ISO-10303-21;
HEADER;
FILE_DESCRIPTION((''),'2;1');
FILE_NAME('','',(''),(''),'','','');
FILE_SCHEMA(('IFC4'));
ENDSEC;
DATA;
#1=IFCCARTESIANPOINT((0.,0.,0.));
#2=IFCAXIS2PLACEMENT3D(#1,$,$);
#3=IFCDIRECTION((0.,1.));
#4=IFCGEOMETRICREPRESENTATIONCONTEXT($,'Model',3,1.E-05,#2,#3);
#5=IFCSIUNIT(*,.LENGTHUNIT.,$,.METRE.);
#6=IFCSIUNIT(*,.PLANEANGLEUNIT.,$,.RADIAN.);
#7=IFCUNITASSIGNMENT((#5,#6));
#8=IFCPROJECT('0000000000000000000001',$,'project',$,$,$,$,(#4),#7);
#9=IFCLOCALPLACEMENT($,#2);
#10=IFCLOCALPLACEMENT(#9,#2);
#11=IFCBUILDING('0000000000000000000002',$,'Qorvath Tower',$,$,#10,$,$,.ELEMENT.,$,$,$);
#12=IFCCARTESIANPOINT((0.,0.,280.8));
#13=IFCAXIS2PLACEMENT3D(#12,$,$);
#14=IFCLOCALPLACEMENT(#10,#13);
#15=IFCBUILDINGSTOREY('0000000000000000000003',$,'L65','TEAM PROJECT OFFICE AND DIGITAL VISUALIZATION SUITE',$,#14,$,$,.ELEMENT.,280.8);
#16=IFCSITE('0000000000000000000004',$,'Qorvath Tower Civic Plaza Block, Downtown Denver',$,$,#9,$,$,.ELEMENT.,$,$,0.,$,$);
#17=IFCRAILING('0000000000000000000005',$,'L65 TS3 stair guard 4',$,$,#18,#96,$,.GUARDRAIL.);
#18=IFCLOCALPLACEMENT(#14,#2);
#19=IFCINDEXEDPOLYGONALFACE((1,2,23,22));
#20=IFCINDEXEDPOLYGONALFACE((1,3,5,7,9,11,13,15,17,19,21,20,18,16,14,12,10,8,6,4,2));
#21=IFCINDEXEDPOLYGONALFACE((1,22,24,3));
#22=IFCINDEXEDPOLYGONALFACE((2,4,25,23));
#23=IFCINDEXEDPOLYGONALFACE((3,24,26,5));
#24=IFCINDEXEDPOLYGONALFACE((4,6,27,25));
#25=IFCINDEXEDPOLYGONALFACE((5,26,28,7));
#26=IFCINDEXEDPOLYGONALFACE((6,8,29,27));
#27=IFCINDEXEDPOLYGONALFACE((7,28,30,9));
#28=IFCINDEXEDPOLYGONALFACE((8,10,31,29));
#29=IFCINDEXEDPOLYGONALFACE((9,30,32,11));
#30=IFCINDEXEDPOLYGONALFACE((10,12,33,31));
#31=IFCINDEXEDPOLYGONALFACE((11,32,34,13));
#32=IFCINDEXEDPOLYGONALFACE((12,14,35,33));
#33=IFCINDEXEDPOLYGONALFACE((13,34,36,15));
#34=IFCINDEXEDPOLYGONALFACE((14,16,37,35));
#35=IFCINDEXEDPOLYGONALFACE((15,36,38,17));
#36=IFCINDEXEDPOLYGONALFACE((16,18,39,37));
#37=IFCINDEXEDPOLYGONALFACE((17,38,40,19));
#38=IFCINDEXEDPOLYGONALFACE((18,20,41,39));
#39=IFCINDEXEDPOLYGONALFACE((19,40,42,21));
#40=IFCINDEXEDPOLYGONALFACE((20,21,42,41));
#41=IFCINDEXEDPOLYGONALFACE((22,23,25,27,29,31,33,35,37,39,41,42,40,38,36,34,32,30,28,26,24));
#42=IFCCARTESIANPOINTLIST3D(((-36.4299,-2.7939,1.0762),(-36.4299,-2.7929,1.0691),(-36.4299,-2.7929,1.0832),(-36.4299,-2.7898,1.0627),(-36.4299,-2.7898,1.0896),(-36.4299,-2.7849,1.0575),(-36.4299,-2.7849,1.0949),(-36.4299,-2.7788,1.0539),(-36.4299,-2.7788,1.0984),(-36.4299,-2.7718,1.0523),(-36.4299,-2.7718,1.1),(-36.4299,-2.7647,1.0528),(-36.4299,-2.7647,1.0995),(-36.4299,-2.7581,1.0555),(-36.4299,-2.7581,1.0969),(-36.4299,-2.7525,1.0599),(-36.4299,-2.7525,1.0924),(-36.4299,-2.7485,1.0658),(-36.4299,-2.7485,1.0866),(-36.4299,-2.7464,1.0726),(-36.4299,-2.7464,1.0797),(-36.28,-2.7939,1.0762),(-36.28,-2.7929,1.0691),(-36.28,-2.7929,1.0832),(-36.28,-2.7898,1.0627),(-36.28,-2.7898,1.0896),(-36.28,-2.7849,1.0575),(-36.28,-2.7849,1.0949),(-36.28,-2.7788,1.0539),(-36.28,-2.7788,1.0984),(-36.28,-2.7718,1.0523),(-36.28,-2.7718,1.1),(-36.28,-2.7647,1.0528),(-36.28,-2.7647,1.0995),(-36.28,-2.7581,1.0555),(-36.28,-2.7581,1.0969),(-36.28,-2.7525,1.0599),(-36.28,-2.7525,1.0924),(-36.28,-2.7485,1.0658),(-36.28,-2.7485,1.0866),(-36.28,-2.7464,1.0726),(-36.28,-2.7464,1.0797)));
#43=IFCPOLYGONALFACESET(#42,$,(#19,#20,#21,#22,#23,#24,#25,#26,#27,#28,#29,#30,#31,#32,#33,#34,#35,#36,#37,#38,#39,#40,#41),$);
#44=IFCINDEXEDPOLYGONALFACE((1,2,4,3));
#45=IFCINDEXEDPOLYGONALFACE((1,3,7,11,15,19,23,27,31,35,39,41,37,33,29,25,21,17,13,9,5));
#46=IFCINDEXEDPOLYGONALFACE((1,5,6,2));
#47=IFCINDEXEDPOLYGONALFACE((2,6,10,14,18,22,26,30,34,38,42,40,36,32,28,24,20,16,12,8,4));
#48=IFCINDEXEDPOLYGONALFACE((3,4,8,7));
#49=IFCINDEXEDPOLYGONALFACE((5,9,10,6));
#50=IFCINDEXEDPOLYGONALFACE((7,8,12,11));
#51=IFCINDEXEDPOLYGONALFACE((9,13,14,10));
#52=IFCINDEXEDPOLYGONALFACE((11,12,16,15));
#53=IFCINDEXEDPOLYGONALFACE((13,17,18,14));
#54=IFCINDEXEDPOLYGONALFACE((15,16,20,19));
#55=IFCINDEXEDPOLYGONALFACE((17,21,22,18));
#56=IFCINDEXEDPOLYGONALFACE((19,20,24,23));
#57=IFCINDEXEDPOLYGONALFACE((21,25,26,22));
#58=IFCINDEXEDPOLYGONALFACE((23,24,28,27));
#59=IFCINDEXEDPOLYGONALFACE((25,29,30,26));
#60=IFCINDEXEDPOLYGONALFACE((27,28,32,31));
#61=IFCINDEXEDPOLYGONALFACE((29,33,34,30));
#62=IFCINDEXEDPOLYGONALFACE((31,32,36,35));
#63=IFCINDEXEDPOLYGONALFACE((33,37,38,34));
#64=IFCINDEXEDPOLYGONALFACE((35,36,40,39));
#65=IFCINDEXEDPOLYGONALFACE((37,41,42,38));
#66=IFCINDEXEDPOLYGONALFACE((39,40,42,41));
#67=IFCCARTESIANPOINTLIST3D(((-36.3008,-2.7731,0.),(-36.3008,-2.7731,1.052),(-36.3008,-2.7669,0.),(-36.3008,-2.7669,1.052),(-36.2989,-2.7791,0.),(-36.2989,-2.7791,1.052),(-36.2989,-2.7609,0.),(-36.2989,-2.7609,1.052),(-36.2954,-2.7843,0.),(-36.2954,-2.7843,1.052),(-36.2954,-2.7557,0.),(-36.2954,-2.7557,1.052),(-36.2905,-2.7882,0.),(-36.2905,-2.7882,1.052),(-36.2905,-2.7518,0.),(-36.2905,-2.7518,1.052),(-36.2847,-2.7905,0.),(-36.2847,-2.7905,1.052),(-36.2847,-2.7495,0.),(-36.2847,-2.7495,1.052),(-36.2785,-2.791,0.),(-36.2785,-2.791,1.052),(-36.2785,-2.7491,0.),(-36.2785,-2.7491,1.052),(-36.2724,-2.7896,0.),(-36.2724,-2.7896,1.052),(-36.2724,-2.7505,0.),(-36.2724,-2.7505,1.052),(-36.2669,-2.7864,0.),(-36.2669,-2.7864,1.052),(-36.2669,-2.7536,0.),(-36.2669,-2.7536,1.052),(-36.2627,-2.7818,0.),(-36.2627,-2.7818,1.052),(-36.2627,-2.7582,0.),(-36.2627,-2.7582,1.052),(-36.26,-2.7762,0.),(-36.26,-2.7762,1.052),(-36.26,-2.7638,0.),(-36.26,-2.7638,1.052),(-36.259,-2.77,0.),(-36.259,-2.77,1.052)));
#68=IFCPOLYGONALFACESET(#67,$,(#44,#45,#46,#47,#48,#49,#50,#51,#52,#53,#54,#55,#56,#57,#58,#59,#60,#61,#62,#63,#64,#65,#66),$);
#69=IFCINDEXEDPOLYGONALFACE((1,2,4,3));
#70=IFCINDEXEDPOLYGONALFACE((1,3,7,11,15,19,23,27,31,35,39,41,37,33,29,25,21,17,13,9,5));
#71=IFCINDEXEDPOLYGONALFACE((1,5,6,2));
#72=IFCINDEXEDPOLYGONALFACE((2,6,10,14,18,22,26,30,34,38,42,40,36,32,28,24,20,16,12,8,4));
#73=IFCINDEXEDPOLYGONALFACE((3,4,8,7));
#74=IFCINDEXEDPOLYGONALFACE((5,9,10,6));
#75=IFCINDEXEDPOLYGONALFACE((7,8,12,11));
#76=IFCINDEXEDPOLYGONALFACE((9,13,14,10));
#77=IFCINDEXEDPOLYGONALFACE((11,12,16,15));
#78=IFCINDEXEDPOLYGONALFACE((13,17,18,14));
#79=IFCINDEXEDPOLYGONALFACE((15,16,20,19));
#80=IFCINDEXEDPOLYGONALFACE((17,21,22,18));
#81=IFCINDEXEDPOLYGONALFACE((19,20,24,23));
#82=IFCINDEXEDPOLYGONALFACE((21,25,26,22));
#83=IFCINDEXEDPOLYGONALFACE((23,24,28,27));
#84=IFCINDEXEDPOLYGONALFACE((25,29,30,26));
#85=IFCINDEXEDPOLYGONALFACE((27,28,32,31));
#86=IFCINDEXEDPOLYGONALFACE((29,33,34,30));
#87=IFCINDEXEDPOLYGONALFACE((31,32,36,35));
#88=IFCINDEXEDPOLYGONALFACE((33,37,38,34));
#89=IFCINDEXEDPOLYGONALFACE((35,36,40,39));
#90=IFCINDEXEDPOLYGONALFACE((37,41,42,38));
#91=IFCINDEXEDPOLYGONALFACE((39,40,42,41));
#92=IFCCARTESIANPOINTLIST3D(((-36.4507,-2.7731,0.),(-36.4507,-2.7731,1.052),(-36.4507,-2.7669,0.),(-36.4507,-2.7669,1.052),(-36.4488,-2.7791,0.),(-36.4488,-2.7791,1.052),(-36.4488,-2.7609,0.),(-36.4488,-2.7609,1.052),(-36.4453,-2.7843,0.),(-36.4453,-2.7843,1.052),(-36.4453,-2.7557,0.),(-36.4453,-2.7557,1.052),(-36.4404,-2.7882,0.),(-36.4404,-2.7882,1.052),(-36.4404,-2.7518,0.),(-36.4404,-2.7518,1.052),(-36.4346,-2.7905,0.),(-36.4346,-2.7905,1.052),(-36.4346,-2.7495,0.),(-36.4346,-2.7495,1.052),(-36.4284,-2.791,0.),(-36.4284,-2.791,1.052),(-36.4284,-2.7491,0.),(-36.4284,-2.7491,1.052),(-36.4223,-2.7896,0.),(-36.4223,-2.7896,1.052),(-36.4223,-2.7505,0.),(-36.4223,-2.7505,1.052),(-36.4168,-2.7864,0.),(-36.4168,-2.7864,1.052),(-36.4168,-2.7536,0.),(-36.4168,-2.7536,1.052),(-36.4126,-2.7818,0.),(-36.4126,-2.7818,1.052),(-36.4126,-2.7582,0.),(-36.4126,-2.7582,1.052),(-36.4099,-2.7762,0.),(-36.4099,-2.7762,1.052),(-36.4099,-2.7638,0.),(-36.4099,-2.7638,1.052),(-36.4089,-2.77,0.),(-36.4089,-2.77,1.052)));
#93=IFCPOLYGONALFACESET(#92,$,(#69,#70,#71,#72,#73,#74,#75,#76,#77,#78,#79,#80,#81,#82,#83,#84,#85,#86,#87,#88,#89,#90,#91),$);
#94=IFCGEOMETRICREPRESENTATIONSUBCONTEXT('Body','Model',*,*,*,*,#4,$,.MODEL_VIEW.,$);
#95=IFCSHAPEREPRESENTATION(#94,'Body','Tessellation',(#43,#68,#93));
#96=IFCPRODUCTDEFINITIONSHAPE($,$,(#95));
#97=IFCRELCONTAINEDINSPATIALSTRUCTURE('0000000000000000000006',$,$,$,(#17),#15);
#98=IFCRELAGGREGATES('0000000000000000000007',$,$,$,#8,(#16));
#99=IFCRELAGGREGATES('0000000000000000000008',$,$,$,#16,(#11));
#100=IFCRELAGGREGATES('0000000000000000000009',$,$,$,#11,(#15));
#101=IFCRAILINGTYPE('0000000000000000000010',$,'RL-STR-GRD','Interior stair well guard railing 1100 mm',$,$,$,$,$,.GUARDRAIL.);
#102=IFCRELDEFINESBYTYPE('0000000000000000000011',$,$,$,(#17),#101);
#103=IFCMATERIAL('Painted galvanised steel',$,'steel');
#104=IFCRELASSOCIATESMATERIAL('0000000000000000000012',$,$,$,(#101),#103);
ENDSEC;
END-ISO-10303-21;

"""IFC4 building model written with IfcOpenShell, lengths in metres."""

from ifc_helpers import new_model, si_unit, direction, frame, origin, origin_2d, place, context, subcontext, project, spatial, circle, extrude, material, type_object, element, save


model = new_model("IFC4")

# Units and contexts
model_context = context("Model", 3, precision=1e-05, world=origin(), true_north=direction((0.0, 1.0)))
body_context = subcontext(model_context, "Body", "Model", "MODEL_VIEW")
ifc_project = project(units=[si_unit("LENGTHUNIT", "METRE"), si_unit("PLANEANGLEUNIT", "RADIAN")], contexts=[model_context])

# Site, building, storey
site_placement = place(None, origin())
site = spatial("IfcSite", under=ifc_project, at=site_placement, Name="Qorvath Tower Civic Plaza Block, Downtown Denver", CompositionType="ELEMENT", RefElevation=0.0)
building_placement = place(site_placement, origin())
building = spatial("IfcBuilding", under=site, at=building_placement, Name="Qorvath Tower", CompositionType="ELEMENT")
storey_placement = place(building_placement, frame((0.0, 0.0, 280.8)))
storey = spatial("IfcBuildingStorey", under=building, at=storey_placement, Name="L65", Description="TEAM PROJECT OFFICE AND DIGITAL VISUALIZATION SUITE", CompositionType="ELEMENT", Elevation=280.8)

# Railing
ifc_material_1 = material(Name="Painted galvanised steel", Category="steel")
railing_type_1 = type_object("IfcRailingType", Name="RL-STR-GRD", Description="Interior stair well guard railing 1100 mm", PredefinedType="GUARDRAIL", material=ifc_material_1)
railing_1_placement = place(storey_placement, frame((-36.28, -2.77, 0.0)))
element("IfcRailing", 1, at=railing_1_placement, inside=storey, type_object=railing_type_1, Name="L65 TS3 stair guard 4", PredefinedType="GUARDRAIL", context=body_context, shape_type="SweptSolid", body=[
    extrude(circle(Radius=0.0239, at=origin_2d()), frame((0.0, 0.0, 1.0762), z_axis=(-1.0, 0.0, 0.0), x_axis=(0.0, -1.0, 0.0)), (0.0, 0.0, 1.0), 0.1499),
    extrude(circle(Radius=0.021, at=origin_2d()), origin(), (0.0, 0.0, 1.0), 1.052),
    extrude(circle(Radius=0.021, at=origin_2d()), frame((-0.1499, 0.0, 0.0)), (0.0, 0.0, 1.0), 1.052),
])

save(model, "model.ifc")
